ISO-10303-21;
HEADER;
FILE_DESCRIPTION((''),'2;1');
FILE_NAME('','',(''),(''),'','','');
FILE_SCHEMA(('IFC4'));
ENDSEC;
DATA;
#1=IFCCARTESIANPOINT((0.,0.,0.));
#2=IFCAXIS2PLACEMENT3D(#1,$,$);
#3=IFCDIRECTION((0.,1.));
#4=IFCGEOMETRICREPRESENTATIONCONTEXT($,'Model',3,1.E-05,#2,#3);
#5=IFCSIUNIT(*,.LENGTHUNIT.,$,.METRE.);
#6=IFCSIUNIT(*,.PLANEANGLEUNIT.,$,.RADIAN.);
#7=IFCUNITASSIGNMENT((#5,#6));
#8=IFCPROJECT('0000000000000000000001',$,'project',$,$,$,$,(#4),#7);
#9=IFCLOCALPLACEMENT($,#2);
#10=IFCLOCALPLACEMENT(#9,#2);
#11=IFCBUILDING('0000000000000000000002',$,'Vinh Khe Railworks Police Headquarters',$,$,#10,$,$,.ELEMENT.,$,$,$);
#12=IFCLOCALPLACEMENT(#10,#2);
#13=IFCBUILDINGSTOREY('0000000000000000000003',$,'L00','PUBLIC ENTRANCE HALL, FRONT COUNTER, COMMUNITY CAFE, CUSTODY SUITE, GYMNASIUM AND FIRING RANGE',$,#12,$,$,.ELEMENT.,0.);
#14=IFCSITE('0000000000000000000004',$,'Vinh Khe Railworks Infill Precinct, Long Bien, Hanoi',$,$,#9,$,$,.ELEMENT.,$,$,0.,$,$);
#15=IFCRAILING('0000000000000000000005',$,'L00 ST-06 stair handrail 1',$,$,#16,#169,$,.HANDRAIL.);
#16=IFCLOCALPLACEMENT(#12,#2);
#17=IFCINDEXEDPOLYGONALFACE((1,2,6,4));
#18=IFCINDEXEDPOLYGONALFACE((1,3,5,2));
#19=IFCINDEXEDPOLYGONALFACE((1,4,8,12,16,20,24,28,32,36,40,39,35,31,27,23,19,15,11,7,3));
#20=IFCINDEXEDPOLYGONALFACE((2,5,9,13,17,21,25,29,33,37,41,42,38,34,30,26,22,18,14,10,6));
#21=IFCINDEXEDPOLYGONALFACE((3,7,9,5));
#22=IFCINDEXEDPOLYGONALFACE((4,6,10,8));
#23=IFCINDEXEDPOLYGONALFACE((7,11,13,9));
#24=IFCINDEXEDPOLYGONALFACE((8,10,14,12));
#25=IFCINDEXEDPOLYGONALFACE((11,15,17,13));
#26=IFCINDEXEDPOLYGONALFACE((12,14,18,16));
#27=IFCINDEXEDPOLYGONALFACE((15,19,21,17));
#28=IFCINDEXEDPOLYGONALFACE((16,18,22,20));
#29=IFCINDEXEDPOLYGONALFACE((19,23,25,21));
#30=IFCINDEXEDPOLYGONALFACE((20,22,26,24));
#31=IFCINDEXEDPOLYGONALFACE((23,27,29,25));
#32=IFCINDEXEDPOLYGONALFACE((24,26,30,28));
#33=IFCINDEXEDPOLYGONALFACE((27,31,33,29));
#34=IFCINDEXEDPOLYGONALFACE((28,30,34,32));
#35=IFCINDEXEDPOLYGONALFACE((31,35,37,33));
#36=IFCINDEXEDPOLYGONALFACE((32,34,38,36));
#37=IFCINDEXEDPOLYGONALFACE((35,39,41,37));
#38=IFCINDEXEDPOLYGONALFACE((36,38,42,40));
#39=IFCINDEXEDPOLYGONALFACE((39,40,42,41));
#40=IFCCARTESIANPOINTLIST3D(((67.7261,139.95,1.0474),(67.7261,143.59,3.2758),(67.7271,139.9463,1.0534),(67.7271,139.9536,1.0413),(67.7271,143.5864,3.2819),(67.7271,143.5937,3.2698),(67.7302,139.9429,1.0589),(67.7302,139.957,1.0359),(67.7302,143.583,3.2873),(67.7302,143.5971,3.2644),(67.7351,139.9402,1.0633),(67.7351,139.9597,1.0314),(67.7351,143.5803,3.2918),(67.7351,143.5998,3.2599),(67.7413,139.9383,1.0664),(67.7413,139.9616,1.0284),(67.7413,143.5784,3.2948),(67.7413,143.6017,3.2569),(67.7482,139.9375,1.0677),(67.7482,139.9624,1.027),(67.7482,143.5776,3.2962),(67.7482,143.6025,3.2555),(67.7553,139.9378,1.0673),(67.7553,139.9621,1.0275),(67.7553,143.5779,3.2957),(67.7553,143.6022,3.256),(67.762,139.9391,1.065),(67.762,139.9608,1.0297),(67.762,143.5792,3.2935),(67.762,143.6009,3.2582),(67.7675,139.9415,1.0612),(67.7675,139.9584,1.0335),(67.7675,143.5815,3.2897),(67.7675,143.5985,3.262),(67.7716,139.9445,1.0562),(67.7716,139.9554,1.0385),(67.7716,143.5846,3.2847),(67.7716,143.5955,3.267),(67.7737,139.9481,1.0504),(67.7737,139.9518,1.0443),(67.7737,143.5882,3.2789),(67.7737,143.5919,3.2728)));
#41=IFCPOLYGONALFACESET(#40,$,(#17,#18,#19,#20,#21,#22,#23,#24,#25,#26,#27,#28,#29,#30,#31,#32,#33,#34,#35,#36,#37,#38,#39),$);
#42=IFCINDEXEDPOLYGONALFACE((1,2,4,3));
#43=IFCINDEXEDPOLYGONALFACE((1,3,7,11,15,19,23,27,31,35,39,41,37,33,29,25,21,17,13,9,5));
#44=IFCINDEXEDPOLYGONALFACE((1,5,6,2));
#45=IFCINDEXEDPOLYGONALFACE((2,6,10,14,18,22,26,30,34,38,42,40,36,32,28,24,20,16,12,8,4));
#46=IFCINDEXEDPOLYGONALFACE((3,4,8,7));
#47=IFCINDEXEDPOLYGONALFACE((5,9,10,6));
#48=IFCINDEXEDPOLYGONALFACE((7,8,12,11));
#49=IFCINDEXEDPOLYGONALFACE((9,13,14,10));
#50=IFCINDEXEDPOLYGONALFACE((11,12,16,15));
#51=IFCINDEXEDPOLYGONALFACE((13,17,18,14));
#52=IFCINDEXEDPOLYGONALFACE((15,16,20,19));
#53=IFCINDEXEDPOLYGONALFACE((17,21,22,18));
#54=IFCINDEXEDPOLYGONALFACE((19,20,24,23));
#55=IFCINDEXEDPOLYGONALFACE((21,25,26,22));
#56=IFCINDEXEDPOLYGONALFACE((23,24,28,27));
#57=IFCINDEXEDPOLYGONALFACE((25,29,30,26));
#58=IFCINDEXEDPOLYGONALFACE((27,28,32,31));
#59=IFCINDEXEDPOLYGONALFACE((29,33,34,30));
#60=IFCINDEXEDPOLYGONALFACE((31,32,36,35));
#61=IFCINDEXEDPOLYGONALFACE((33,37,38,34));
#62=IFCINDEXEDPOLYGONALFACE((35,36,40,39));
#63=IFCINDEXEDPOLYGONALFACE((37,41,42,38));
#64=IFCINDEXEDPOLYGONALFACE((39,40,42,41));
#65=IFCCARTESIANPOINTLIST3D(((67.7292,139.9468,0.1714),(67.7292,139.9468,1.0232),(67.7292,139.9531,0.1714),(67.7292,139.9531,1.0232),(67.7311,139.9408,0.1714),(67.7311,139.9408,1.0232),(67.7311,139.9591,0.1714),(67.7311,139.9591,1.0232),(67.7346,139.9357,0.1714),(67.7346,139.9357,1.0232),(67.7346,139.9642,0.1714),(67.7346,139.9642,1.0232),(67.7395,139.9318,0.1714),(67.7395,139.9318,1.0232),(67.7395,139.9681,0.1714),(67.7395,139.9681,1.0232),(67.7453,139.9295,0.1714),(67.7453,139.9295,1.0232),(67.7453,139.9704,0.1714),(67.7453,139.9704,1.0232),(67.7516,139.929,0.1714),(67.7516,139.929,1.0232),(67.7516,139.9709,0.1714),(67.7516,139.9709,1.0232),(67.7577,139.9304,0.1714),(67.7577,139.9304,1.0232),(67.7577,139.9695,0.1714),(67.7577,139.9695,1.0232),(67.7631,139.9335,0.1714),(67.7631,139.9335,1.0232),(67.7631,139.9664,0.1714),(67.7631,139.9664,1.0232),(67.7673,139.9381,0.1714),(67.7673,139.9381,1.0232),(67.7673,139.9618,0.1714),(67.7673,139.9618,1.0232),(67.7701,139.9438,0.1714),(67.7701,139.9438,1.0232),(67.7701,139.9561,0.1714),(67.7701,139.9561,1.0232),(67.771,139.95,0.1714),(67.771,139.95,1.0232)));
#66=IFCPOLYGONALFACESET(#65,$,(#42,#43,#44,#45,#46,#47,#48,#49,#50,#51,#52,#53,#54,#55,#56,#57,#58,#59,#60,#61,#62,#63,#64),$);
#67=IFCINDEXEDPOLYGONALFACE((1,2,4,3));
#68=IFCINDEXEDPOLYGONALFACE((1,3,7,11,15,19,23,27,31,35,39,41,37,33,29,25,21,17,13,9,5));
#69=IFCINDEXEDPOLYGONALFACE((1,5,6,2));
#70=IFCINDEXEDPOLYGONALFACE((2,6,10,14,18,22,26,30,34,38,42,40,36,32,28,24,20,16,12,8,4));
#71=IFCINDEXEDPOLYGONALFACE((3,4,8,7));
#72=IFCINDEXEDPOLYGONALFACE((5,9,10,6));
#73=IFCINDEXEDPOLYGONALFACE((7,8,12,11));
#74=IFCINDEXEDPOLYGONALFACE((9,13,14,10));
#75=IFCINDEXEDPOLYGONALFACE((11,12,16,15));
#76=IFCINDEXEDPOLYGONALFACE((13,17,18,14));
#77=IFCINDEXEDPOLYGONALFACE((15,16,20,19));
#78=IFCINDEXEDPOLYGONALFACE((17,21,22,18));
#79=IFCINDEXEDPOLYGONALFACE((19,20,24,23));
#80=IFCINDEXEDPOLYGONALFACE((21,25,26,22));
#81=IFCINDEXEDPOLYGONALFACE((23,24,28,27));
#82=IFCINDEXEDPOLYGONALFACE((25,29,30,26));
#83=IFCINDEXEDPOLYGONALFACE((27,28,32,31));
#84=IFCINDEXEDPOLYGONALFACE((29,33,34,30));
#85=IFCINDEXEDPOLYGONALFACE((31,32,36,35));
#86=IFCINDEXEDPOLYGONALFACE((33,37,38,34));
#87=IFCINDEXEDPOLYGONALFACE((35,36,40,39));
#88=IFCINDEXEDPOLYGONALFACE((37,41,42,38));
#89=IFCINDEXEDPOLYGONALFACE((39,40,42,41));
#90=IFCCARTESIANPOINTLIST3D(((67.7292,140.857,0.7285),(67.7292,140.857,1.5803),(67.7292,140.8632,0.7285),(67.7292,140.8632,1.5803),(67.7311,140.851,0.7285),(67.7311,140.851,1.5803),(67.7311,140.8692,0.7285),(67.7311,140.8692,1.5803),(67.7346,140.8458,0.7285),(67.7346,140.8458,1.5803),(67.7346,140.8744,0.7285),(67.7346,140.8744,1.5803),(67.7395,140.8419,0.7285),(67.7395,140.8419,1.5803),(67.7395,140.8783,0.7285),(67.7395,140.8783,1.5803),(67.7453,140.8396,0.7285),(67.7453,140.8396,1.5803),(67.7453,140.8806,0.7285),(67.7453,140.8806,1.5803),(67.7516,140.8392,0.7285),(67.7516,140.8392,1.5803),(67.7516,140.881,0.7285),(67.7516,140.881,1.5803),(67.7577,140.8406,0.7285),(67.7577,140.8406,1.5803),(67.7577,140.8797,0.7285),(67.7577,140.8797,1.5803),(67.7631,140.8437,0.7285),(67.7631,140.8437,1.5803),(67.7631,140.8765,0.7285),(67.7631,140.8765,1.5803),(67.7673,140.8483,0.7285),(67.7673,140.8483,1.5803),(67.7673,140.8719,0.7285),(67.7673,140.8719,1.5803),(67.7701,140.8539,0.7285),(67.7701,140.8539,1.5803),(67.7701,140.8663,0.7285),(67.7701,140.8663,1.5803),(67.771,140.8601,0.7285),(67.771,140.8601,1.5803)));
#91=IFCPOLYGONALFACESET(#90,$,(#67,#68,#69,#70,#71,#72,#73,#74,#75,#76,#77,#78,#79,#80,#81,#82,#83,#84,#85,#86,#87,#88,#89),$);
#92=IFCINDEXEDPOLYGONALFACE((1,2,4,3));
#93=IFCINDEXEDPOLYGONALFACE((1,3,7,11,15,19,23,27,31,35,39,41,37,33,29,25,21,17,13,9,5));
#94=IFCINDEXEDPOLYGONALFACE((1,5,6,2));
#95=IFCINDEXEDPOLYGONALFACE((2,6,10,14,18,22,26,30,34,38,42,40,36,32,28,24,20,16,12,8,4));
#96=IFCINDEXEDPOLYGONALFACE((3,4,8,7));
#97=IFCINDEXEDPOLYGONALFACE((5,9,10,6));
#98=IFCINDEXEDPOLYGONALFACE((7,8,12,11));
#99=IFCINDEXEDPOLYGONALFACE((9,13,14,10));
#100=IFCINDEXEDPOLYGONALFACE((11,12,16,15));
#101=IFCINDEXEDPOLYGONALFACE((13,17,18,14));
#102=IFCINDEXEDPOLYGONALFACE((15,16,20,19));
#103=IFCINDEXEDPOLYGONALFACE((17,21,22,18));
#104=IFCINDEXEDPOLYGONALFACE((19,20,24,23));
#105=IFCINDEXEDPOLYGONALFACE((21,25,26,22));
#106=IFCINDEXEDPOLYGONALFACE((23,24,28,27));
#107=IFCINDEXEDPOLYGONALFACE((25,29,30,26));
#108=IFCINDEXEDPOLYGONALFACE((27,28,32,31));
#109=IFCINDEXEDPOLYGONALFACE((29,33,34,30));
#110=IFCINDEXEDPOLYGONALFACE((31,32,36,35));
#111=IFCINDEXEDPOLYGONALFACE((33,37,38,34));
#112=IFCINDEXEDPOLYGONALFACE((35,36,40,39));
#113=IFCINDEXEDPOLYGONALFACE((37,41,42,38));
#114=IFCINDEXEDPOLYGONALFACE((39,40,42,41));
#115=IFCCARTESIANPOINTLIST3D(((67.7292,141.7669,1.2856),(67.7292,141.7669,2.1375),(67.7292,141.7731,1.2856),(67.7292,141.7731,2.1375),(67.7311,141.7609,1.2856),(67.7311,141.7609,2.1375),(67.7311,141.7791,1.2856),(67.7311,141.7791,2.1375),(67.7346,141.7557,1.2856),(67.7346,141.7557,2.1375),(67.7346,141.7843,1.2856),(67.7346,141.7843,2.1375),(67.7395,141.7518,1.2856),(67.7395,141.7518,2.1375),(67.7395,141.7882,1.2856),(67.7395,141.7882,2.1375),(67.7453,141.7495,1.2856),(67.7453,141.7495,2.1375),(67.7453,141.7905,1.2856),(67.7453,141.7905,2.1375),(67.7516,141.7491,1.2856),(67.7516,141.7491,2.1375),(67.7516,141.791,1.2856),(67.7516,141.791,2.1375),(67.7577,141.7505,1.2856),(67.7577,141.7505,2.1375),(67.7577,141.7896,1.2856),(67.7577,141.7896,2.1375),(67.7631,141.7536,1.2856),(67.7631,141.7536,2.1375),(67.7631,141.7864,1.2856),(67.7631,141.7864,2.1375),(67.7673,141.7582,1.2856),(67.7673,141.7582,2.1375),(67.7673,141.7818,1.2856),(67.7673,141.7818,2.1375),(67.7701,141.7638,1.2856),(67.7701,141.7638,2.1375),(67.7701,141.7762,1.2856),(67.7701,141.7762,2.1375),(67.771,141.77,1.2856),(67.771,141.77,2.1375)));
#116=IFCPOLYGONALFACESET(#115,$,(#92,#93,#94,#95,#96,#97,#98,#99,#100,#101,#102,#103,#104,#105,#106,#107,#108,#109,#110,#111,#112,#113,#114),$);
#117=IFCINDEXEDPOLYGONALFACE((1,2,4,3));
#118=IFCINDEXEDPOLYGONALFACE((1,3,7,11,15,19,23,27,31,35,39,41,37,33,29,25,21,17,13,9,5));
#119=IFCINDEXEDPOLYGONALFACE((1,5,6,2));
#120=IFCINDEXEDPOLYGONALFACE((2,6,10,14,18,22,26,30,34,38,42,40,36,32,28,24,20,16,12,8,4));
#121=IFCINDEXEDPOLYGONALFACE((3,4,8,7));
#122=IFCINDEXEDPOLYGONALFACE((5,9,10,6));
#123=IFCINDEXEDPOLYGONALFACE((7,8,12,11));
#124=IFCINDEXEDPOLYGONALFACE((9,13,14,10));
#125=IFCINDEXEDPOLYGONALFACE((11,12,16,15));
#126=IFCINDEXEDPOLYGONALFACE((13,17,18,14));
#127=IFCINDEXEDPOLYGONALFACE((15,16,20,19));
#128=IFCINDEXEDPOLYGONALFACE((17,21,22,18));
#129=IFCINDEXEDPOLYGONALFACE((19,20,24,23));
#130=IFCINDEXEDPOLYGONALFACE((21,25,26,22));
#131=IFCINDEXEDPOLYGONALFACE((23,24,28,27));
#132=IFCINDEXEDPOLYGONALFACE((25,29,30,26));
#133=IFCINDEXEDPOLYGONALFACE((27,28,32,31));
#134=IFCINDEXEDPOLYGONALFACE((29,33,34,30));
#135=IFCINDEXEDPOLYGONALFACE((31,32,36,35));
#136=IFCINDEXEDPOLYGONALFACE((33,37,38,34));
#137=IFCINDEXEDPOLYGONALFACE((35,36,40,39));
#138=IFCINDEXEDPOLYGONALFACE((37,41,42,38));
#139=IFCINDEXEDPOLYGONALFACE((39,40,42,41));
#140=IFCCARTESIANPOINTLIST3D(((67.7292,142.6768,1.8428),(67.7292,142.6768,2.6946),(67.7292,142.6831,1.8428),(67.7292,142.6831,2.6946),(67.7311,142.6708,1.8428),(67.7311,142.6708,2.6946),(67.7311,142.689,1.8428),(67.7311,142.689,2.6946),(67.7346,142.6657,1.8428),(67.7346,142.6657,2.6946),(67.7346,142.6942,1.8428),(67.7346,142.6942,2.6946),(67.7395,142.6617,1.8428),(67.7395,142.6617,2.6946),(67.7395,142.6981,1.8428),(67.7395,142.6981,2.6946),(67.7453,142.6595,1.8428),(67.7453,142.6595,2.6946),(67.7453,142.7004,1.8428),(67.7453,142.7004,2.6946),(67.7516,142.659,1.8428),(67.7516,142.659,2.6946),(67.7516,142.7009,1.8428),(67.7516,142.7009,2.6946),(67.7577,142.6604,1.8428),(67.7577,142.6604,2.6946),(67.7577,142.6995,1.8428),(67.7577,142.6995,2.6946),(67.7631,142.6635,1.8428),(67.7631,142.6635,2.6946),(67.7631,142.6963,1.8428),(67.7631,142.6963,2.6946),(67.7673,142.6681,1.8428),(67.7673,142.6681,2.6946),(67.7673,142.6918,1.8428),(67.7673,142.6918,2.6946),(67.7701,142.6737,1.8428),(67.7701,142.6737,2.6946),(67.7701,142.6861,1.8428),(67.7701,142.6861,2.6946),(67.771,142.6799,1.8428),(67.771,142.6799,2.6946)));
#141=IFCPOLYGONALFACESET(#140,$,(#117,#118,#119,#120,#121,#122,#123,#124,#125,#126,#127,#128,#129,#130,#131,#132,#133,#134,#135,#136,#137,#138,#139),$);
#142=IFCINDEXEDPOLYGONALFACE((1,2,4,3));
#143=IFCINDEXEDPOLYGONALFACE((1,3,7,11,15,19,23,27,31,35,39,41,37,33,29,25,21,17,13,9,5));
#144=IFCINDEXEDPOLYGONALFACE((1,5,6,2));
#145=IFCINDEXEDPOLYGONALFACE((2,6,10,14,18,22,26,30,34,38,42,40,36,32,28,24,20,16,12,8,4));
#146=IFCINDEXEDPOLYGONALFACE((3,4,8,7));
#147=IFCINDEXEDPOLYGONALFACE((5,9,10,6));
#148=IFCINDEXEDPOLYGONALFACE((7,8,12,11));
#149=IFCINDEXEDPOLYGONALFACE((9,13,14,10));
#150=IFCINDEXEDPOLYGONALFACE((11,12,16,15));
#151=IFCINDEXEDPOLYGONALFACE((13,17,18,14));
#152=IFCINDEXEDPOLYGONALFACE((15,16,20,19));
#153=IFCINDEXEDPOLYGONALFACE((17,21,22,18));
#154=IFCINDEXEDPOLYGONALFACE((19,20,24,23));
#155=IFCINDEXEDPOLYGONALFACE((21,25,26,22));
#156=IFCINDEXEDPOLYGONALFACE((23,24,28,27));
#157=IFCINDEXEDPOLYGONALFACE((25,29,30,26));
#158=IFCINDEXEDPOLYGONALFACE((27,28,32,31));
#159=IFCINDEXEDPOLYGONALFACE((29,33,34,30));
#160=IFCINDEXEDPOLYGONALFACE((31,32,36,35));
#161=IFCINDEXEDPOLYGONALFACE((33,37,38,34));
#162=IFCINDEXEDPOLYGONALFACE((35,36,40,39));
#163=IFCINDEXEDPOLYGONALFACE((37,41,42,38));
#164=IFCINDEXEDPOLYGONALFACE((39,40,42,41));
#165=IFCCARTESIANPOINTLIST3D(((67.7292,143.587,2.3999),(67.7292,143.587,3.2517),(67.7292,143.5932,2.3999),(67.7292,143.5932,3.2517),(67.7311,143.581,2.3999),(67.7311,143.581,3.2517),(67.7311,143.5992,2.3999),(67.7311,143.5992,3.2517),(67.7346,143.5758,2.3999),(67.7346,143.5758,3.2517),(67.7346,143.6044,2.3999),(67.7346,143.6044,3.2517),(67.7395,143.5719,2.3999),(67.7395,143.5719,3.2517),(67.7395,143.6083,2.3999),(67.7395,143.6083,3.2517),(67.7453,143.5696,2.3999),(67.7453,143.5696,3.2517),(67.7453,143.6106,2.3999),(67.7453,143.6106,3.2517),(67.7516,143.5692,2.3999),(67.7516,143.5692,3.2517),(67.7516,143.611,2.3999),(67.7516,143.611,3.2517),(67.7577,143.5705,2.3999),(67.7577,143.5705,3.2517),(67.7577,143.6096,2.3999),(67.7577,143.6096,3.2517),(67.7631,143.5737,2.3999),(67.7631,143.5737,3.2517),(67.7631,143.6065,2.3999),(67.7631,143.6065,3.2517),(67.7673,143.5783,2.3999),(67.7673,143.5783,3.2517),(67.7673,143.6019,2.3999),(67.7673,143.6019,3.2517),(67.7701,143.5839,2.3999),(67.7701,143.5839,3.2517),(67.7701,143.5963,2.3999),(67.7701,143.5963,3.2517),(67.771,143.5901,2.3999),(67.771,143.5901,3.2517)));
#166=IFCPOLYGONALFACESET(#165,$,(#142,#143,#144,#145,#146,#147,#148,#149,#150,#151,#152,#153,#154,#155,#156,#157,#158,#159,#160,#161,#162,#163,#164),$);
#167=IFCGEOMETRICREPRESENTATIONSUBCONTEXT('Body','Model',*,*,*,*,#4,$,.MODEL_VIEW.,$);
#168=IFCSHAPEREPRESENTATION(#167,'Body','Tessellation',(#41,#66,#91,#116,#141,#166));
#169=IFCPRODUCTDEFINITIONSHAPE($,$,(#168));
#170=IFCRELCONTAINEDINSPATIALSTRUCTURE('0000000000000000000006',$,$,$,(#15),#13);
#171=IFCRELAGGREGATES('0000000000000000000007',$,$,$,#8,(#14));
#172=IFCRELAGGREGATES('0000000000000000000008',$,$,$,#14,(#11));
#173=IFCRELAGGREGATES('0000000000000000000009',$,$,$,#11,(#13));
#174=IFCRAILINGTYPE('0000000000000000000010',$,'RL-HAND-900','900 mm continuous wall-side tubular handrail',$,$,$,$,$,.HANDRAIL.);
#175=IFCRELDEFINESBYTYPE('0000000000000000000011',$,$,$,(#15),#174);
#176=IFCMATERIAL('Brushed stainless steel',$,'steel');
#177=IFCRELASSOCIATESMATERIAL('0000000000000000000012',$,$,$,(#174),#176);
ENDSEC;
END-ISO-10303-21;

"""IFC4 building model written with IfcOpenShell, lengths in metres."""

from ifc_helpers import new_model, si_unit, direction, frame, origin, origin_2d, place, context, subcontext, project, spatial, circle, extrude, material, type_object, element, save


model = new_model("IFC4")

# Units and contexts
model_context = context("Model", 3, precision=1e-05, world=origin(), true_north=direction((0.0, 1.0)))
body_context = subcontext(model_context, "Body", "Model", "MODEL_VIEW")
ifc_project = project(units=[si_unit("LENGTHUNIT", "METRE"), si_unit("PLANEANGLEUNIT", "RADIAN")], contexts=[model_context])

# Site, building, storey
site_placement = place(None, origin())
site = spatial("IfcSite", under=ifc_project, at=site_placement, Name="Vinh Khe Railworks Infill Precinct, Long Bien, Hanoi", CompositionType="ELEMENT", RefElevation=0.0)
building_placement = place(site_placement, origin())
building = spatial("IfcBuilding", under=site, at=building_placement, Name="Vinh Khe Railworks Police Headquarters", CompositionType="ELEMENT")
storey_placement = place(building_placement, origin())
storey = spatial("IfcBuildingStorey", under=building, at=storey_placement, Name="L00", Description="PUBLIC ENTRANCE HALL, FRONT COUNTER, COMMUNITY CAFE, CUSTODY SUITE, GYMNASIUM AND FIRING RANGE", CompositionType="ELEMENT", Elevation=0.0)

# Railing
ifc_material_1 = material(Name="Brushed stainless steel", Category="steel")
railing_type_1 = type_object("IfcRailingType", Name="RL-HAND-900", Description="900 mm continuous wall-side tubular handrail", PredefinedType="HANDRAIL", material=ifc_material_1)
railing_1_placement = place(storey_placement, frame((67.75, 139.95, 0.1714)))
element("IfcRailing", 1, at=railing_1_placement, inside=storey, type_object=railing_type_1, Name="L00 ST-06 stair handrail 1", PredefinedType="HANDRAIL", context=body_context, shape_type="SweptSolid", body=[
    extrude(circle(Radius=0.0239, at=origin_2d()), frame((0.0, 0.0, 0.876), z_axis=(0.0, 0.852866, 0.52213), x_axis=(-1.0, 0.0, 0.0)), (0.0, 0.0, 1.0), 4.2681),
    extrude(circle(Radius=0.021, at=origin_2d()), origin(), (0.0, 0.0, 1.0), 0.8518),
    extrude(circle(Radius=0.021, at=origin_2d()), frame((0.0, 0.9102, 0.5571)), (0.0, 0.0, 1.0), 0.8518),
    extrude(circle(Radius=0.021, at=origin_2d()), frame((0.0, 1.8201, 1.1143)), (0.0, 0.0, 1.0), 0.8518),
    extrude(circle(Radius=0.021, at=origin_2d()), frame((0.0, 2.73, 1.6714)), (0.0, 0.0, 1.0), 0.8518),
    extrude(circle(Radius=0.021, at=origin_2d()), frame((0.0, 3.6401, 2.2285)), (0.0, 0.0, 1.0), 0.8518),
])

save(model, "model.ifc")
